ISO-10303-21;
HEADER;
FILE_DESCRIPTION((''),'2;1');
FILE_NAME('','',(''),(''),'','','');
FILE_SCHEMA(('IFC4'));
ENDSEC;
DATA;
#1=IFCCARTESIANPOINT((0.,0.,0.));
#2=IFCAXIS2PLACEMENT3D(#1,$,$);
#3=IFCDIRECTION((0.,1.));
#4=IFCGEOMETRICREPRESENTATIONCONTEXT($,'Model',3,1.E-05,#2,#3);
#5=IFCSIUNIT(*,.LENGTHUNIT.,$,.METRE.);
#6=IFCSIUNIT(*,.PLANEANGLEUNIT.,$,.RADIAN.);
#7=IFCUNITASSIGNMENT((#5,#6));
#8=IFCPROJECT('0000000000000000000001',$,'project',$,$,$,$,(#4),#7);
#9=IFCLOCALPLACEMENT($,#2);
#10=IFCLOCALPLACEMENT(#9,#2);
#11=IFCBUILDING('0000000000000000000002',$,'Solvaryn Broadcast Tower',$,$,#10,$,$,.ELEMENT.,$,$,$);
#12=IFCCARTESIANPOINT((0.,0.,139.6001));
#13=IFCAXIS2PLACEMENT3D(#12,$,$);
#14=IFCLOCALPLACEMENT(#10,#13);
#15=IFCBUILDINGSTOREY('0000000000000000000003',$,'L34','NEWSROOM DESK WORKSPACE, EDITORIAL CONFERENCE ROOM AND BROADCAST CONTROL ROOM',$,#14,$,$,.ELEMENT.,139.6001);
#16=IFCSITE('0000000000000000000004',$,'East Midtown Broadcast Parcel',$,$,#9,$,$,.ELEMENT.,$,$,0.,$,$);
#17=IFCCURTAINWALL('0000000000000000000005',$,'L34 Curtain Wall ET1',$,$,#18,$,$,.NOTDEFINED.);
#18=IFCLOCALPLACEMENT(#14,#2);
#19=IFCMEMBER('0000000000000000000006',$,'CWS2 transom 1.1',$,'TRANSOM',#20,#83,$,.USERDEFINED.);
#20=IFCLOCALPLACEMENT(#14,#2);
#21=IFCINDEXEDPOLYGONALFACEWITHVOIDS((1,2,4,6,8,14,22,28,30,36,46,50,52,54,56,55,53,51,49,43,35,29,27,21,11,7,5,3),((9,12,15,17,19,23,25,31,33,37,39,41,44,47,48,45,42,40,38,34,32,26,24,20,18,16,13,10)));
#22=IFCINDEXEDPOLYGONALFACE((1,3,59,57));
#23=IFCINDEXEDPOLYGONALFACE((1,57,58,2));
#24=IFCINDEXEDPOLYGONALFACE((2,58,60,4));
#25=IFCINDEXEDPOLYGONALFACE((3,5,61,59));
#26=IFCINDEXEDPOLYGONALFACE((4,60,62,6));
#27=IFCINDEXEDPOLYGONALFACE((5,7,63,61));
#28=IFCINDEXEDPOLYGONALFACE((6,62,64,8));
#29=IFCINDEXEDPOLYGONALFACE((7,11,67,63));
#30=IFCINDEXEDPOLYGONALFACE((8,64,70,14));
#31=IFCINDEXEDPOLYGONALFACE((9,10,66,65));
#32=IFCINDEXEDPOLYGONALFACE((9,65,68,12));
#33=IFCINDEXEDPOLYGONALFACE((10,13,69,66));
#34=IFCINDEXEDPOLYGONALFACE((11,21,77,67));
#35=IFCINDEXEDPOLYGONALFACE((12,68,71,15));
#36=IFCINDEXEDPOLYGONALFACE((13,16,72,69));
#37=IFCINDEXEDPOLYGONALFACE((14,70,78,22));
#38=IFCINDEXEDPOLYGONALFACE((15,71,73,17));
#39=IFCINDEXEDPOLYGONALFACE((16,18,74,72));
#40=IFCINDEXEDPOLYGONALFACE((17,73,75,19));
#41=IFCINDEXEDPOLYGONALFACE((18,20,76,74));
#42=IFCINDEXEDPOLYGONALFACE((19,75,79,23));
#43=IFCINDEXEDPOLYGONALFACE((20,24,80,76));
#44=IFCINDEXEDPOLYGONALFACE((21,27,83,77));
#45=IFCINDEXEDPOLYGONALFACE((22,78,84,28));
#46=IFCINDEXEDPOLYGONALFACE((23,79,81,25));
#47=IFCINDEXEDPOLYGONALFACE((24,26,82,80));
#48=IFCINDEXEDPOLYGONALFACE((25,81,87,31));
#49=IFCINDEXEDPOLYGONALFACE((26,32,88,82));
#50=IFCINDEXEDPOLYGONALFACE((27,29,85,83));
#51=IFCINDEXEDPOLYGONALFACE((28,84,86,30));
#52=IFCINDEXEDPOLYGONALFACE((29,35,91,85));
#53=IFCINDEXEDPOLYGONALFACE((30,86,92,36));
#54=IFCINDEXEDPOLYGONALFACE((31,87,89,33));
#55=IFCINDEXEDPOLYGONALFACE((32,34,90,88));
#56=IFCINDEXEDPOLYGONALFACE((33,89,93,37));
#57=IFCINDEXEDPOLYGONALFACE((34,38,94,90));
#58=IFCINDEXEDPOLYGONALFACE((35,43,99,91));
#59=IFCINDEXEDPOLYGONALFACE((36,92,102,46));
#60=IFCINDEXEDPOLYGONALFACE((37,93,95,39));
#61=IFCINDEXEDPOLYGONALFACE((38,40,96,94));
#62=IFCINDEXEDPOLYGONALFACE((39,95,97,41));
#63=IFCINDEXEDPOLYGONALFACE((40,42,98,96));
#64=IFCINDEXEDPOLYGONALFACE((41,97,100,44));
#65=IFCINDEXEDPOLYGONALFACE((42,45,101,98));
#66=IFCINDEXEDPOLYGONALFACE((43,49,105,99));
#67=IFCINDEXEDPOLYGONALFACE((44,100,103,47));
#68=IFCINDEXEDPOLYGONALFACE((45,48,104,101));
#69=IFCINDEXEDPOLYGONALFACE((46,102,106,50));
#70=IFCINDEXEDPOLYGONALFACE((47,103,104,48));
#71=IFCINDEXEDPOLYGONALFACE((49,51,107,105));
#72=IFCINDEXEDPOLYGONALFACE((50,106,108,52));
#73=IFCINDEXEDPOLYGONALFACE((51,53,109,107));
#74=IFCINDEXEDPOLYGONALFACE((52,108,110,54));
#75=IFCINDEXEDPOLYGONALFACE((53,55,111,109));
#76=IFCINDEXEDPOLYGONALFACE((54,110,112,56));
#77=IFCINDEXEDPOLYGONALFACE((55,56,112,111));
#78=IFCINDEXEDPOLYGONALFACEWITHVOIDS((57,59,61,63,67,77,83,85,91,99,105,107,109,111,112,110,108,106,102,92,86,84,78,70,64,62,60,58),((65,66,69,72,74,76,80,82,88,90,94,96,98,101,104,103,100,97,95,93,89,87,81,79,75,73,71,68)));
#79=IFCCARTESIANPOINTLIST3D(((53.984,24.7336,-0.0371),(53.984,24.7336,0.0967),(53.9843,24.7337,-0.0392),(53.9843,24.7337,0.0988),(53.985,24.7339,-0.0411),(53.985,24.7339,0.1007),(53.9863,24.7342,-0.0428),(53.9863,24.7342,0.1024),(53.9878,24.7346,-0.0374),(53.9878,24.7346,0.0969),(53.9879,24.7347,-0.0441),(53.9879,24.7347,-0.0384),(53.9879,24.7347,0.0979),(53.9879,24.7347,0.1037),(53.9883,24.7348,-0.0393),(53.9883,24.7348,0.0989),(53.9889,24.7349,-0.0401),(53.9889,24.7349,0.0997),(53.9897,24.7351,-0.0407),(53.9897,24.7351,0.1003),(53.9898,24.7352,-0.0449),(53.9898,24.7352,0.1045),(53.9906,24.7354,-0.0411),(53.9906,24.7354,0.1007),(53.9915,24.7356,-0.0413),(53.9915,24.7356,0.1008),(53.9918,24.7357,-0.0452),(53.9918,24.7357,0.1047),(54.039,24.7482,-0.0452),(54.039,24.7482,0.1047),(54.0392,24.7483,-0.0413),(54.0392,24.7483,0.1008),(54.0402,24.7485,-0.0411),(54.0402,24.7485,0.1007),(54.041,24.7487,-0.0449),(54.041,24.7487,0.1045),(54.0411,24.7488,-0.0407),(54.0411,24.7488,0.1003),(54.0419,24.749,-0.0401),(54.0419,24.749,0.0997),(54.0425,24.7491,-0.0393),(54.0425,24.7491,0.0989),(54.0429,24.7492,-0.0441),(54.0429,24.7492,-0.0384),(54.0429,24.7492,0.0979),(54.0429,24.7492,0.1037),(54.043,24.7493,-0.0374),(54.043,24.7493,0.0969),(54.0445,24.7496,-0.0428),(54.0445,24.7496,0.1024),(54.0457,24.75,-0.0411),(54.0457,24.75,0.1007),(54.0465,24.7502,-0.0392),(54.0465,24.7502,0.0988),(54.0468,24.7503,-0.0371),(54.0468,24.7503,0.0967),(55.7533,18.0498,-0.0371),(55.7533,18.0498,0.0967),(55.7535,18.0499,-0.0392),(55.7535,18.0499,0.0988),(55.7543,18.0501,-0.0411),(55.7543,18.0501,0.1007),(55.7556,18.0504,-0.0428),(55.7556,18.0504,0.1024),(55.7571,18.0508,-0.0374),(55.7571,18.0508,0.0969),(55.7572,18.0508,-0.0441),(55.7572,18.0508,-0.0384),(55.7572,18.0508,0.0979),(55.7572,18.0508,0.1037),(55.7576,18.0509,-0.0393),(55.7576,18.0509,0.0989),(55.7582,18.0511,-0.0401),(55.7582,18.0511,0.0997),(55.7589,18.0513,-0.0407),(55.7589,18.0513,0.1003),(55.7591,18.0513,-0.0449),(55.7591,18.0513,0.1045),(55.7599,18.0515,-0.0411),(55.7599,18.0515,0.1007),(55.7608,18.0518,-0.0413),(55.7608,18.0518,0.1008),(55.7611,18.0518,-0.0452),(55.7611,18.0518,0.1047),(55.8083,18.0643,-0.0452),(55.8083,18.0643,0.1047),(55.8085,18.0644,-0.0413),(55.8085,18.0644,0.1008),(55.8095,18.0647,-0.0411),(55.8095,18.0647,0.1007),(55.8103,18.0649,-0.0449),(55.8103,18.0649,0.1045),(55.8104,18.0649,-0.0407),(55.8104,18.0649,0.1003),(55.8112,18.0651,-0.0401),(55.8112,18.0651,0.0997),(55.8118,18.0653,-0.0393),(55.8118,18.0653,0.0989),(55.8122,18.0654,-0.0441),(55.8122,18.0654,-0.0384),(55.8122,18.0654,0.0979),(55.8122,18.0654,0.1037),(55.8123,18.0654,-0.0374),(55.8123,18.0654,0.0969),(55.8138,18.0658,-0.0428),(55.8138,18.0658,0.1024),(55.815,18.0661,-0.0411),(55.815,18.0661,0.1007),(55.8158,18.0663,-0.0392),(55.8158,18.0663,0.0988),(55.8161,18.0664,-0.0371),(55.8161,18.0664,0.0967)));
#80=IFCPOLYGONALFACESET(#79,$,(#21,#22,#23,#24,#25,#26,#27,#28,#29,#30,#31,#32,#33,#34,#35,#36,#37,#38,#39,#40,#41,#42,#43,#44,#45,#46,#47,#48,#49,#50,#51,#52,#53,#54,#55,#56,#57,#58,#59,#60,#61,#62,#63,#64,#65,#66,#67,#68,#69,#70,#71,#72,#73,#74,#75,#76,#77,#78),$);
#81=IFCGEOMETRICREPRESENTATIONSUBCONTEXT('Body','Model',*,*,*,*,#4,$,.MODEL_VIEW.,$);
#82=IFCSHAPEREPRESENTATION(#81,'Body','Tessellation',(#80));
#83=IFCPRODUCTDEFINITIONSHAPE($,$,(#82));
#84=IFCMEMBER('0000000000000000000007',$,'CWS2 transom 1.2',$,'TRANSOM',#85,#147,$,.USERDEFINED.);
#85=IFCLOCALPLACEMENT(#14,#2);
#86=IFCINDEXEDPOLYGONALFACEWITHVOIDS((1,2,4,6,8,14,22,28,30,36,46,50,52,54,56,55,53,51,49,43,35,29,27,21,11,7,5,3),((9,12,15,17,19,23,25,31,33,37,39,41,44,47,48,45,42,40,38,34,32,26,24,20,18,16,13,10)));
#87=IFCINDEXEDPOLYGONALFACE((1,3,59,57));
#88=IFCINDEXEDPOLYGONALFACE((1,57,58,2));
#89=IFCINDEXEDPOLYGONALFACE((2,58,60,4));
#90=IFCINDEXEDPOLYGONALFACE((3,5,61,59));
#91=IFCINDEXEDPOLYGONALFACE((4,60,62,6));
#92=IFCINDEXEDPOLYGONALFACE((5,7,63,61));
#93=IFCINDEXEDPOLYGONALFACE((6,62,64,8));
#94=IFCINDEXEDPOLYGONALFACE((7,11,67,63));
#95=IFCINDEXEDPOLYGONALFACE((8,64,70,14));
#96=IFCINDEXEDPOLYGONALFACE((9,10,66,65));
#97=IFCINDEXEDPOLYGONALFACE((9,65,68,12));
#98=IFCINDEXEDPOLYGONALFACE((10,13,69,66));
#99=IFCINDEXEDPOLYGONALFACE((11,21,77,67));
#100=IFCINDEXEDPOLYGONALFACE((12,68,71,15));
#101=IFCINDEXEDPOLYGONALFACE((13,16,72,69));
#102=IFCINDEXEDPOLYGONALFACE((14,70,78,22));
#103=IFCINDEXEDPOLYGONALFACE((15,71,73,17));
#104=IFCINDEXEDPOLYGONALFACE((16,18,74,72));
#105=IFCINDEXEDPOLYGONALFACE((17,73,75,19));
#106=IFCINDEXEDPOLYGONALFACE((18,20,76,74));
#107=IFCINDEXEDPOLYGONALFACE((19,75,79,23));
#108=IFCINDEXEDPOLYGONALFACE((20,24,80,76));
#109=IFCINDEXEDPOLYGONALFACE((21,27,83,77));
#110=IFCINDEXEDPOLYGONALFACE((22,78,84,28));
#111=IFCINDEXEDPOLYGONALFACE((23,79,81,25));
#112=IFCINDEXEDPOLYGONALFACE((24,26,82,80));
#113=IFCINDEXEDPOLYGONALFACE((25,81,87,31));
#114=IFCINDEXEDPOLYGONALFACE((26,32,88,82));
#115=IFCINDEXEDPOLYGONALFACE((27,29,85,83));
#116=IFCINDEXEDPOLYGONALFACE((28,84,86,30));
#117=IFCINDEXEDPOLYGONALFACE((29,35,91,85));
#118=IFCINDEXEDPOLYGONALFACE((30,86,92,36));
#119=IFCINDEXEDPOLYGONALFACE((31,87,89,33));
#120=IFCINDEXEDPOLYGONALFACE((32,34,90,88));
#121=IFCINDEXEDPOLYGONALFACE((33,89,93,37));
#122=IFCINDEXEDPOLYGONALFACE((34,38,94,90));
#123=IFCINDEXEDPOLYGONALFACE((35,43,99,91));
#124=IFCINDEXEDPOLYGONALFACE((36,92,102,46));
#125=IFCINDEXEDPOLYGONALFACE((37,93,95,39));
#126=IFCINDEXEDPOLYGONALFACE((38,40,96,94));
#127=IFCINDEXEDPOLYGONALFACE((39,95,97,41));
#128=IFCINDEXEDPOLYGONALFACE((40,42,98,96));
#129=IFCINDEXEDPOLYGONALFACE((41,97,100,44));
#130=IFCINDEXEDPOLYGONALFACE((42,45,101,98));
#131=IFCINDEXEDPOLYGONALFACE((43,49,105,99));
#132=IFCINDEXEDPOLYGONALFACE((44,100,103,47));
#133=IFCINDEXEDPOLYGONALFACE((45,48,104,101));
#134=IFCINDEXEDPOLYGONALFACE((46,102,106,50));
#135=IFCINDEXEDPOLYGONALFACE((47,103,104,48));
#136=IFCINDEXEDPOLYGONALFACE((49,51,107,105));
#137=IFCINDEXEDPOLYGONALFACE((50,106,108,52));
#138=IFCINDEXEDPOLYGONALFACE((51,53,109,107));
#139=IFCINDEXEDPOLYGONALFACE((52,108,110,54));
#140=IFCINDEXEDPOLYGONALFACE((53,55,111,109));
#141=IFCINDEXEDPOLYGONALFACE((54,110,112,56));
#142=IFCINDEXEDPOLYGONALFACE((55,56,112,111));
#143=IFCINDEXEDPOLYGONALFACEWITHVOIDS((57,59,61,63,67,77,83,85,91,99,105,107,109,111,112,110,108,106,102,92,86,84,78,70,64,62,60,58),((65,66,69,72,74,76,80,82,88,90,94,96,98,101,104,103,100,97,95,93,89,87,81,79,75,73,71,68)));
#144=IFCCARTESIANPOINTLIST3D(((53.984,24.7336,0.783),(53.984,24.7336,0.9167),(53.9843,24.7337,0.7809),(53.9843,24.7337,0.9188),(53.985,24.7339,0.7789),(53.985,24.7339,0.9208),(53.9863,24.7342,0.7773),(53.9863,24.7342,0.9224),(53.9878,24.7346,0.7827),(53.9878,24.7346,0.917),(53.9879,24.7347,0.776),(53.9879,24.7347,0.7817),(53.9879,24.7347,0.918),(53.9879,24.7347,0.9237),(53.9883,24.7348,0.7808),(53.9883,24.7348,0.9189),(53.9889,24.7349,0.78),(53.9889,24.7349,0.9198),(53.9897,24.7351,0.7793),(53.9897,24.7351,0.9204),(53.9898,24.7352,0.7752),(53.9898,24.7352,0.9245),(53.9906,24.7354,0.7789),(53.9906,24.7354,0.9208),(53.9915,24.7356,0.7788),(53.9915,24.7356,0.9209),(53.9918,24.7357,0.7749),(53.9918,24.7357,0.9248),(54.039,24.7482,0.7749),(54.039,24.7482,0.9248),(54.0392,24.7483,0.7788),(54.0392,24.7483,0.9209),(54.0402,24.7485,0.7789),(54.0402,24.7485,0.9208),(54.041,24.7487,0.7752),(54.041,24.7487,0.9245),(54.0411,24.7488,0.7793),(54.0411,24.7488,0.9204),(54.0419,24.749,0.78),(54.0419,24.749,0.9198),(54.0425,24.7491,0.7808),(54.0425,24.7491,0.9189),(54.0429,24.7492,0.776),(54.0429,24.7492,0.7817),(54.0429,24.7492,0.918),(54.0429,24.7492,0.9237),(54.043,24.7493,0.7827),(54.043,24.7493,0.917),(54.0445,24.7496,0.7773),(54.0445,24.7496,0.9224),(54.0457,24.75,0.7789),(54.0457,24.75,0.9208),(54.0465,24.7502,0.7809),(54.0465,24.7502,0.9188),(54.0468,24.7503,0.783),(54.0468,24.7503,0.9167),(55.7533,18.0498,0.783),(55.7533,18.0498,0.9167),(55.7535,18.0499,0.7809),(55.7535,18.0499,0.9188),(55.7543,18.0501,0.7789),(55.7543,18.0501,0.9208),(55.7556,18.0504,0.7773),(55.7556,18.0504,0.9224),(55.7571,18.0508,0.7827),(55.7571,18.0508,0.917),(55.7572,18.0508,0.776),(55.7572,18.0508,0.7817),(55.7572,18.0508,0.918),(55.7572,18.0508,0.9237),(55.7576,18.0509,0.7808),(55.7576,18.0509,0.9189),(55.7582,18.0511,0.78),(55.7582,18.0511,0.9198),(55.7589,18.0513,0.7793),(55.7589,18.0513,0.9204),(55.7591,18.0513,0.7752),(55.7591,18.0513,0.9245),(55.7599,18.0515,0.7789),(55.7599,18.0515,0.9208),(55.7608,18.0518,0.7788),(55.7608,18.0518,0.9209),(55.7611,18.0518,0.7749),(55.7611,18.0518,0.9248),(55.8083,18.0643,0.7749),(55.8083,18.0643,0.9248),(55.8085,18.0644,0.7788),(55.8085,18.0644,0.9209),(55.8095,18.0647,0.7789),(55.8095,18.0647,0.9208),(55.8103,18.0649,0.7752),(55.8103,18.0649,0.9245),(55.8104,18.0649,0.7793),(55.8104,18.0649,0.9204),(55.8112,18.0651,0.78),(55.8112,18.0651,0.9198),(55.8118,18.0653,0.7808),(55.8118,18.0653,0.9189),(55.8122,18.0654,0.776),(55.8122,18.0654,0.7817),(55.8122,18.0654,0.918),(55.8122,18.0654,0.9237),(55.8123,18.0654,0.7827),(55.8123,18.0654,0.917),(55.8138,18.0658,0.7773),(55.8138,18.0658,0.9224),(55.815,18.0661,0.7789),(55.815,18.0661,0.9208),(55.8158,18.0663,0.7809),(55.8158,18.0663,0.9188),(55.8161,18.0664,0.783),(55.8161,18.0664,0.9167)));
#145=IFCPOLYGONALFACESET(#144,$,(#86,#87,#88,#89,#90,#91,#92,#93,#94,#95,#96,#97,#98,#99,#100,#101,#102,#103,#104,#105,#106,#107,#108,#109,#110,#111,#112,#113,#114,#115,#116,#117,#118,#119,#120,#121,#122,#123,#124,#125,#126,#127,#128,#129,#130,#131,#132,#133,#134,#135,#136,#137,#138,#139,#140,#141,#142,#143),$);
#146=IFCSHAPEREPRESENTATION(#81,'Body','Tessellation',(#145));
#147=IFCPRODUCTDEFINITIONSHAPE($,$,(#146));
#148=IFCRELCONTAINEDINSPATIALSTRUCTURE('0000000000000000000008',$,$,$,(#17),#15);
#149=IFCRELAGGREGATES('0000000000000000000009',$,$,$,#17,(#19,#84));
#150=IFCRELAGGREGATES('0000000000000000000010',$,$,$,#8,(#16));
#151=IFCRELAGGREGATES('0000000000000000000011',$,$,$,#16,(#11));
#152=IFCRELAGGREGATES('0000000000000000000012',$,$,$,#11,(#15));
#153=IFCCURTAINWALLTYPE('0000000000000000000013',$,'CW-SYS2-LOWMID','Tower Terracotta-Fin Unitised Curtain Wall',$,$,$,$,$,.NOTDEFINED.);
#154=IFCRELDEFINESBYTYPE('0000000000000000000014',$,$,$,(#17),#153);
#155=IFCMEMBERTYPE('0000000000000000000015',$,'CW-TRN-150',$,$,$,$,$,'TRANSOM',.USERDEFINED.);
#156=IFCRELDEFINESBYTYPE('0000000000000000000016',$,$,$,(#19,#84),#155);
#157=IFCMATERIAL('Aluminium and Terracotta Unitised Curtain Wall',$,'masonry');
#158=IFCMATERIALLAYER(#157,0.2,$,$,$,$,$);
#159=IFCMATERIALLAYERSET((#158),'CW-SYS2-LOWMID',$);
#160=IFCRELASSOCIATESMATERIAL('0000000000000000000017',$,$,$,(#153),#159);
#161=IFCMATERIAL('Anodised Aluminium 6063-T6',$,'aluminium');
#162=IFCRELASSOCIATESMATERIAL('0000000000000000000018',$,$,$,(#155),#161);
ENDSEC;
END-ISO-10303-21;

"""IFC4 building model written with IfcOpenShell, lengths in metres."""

from ifc_helpers import new_model, si_unit, direction, frame, origin, origin_2d, place, context, subcontext, project, spatial, hollow_rectangle, extrude, material, layer, layer_set, material_profile, profile_set, type_object, element, aggregate, save


model = new_model("IFC4")

# Units and contexts
model_context = context("Model", 3, precision=1e-05, world=origin(), true_north=direction((0.0, 1.0)))
body_context = subcontext(model_context, "Body", "Model", "MODEL_VIEW")
ifc_project = project(units=[si_unit("LENGTHUNIT", "METRE"), si_unit("PLANEANGLEUNIT", "RADIAN")], contexts=[model_context])

# Site, building, storey
site_placement = place(None, origin())
site = spatial("IfcSite", under=ifc_project, at=site_placement, Name="East Midtown Broadcast Parcel", CompositionType="ELEMENT", RefElevation=0.0)
building_placement = place(site_placement, origin())
building = spatial("IfcBuilding", under=site, at=building_placement, Name="Solvaryn Broadcast Tower", CompositionType="ELEMENT")
storey_placement = place(building_placement, frame((0.0, 0.0, 139.6001)))
storey = spatial("IfcBuildingStorey", under=building, at=storey_placement, Name="L34", Description="NEWSROOM DESK WORKSPACE, EDITORIAL CONFERENCE ROOM AND BROADCAST CONTROL ROOM", CompositionType="ELEMENT", Elevation=139.6001)

# Curtain wall
ifc_material_1 = material(Name="Aluminium and Terracotta Unitised Curtain Wall", Category="masonry")
ifc_layer_1 = layer(ifc_material_1, 0.2)
ifc_layer_set_1 = layer_set([ifc_layer_1], Name="CW-SYS2-LOWMID")
curtain_wall_type = type_object("IfcCurtainWallType", Name="CW-SYS2-LOWMID", Description="Tower Terracotta-Fin Unitised Curtain Wall", PredefinedType="NOTDEFINED", material=ifc_layer_set_1)
curtain_wall_1_placement = place(storey_placement, origin())
curtain_wall_1 = element("IfcCurtainWall", 1, at=curtain_wall_1_placement, inside=storey, type_object=curtain_wall_type, Name="L34 Curtain Wall ET1", PredefinedType="NOTDEFINED")

# Members
ifc_material_2 = material(Name="Anodised Aluminium 6063-T6", Category="aluminium")
ifc_material_profile_1 = material_profile(ifc_material_2, hollow_rectangle(XDim=0.0649, YDim=0.1499, WallThickness=0.0039, InnerFilletRadius=0.0039, OuterFilletRadius=0.0081, at=origin_2d()))
ifc_profile_set_1 = profile_set([ifc_material_profile_1], Name="Anodised Aluminium 6063-T6")
member_type_1 = type_object("IfcMemberType", Name="CW-TRN-150", ElementType="TRANSOM", PredefinedType="USERDEFINED", material=ifc_profile_set_1)
member_1_placement = place(storey_placement, frame((54.0154, 24.7419, 0.0298), z_axis=(0.255897, -0.966704, 0.0), x_axis=(0.966704, 0.255897, 0.0)))
member_1 = element("IfcMember", 2, at=member_1_placement, type_object=member_type_1, Name="CWS2 transom 1.1", ObjectType="TRANSOM", PredefinedType="USERDEFINED", context=body_context, shape_type="SweptSolid", body=[
    extrude(hollow_rectangle(XDim=0.0649, YDim=0.1499, WallThickness=0.0039, InnerFilletRadius=0.0039, OuterFilletRadius=0.0081, at=origin_2d()), origin(), (0.0, 0.0, 1.0), 6.9141),
])
member_2_placement = place(storey_placement, frame((54.0154, 24.7419, 0.8499), z_axis=(0.255897, -0.966704, 0.0), x_axis=(0.966704, 0.255897, 0.0)))
member_2 = element("IfcMember", 3, at=member_2_placement, type_object=member_type_1, Name="CWS2 transom 1.2", ObjectType="TRANSOM", PredefinedType="USERDEFINED", context=body_context, shape_type="SweptSolid", body=[
    extrude(hollow_rectangle(XDim=0.0649, YDim=0.1499, WallThickness=0.0039, InnerFilletRadius=0.0039, OuterFilletRadius=0.0081, at=origin_2d()), origin(), (0.0, 0.0, 1.0), 6.9141),
])

aggregate(curtain_wall_1, [member_1, member_2])

save(model, "model.ifc")
